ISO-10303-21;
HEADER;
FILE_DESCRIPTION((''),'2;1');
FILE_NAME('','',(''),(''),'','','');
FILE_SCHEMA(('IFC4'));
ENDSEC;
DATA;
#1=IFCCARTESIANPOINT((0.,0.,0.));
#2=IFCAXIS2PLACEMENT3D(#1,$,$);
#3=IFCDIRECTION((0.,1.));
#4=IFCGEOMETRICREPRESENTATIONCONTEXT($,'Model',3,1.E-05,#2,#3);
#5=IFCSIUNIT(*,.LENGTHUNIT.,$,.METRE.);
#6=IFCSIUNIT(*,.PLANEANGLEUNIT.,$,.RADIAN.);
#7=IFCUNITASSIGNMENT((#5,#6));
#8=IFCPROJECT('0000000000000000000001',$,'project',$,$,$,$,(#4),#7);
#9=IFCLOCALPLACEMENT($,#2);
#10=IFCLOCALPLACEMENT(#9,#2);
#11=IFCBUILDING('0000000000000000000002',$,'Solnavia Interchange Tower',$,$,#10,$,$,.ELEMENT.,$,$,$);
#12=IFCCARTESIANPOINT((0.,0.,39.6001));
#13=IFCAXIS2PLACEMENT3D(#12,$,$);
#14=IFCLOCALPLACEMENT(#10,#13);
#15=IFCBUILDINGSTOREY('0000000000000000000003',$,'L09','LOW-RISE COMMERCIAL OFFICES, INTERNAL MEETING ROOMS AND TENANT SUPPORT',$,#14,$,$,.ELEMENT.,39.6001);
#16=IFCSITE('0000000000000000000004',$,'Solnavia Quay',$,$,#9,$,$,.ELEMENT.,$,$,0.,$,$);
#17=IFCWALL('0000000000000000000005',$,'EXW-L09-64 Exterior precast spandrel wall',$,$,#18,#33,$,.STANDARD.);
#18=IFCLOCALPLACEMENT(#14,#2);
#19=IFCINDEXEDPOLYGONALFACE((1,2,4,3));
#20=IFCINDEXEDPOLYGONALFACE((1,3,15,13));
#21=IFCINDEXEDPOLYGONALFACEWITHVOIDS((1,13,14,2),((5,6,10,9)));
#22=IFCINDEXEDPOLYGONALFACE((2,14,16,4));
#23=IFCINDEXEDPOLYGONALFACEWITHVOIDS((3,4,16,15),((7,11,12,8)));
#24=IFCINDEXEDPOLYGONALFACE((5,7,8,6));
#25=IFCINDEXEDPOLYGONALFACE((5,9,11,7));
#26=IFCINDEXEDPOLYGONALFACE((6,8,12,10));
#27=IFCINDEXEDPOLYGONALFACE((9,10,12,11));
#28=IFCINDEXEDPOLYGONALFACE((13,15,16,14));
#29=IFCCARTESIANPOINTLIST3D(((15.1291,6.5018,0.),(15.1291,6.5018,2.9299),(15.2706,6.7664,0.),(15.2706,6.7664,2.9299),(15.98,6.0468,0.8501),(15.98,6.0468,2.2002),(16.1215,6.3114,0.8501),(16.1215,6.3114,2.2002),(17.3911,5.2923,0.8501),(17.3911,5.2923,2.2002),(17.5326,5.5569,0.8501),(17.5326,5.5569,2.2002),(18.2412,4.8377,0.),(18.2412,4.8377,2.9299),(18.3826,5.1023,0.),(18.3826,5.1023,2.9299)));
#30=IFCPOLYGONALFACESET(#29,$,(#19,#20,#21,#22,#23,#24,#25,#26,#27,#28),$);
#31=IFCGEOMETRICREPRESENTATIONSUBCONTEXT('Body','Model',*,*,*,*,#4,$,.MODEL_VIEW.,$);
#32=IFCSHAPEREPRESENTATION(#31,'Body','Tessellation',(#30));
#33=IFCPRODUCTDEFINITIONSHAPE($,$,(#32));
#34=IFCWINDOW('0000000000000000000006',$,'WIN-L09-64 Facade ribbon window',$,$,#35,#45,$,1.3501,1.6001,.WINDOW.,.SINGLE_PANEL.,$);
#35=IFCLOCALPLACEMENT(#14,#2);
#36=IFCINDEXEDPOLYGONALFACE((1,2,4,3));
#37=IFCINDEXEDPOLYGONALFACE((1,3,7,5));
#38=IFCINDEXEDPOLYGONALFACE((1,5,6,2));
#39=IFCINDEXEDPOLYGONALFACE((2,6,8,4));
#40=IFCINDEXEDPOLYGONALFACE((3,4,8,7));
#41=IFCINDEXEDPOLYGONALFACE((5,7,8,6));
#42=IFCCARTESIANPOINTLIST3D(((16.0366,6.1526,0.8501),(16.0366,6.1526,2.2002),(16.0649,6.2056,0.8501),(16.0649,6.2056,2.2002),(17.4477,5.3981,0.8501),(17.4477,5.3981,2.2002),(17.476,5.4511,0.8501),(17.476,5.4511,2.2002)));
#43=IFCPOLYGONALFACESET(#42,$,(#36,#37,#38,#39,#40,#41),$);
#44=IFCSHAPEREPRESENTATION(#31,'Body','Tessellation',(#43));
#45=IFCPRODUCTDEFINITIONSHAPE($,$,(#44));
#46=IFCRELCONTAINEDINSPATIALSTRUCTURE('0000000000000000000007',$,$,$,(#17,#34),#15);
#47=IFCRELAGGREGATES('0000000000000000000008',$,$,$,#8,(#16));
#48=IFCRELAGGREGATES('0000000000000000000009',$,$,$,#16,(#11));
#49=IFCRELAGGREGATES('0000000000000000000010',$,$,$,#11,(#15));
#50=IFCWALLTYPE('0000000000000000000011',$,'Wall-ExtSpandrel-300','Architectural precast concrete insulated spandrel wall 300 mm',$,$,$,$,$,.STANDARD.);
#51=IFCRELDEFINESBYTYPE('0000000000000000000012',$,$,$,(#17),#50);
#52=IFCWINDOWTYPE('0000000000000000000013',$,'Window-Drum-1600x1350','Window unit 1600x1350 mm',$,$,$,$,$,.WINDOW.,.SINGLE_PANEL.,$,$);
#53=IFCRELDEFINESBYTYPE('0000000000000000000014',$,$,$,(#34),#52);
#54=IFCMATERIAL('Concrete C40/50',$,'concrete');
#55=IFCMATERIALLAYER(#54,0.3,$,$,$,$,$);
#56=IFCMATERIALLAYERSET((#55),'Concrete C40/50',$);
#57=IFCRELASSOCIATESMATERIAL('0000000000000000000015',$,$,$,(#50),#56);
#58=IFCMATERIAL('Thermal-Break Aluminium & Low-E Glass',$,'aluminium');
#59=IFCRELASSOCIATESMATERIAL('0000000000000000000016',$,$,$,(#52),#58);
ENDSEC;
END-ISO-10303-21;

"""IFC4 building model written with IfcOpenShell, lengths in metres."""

from ifc_helpers import new_model, si_unit, direction, frame, frame_2d, origin, place, context, subcontext, project, spatial, rectangle, extrude, material, layer, layer_set, type_object, element, fill, save


model = new_model("IFC4")

# Units and contexts
model_context = context("Model", 3, precision=1e-05, world=origin(), true_north=direction((0.0, 1.0)))
body_context = subcontext(model_context, "Body", "Model", "MODEL_VIEW")
ifc_project = project(units=[si_unit("LENGTHUNIT", "METRE"), si_unit("PLANEANGLEUNIT", "RADIAN")], contexts=[model_context])

# Site, building, storey
site_placement = place(None, origin())
site = spatial("IfcSite", under=ifc_project, at=site_placement, Name="Solnavia Quay", CompositionType="ELEMENT", RefElevation=0.0)
building_placement = place(site_placement, origin())
building = spatial("IfcBuilding", under=site, at=building_placement, Name="Solnavia Interchange Tower", CompositionType="ELEMENT")
storey_placement = place(building_placement, frame((0.0, 0.0, 39.6001)))
storey = spatial("IfcBuildingStorey", under=building, at=storey_placement, Name="L09", Description="LOW-RISE COMMERCIAL OFFICES, INTERNAL MEETING ROOMS AND TENANT SUPPORT", CompositionType="ELEMENT", Elevation=39.6001)

# Wall, opening, window
ifc_material_1 = material(Name="Concrete C40/50", Category="concrete")
ifc_layer_1 = layer(ifc_material_1, 0.3)
ifc_layer_set_1 = layer_set([ifc_layer_1], Name="Concrete C40/50")
wall_type = type_object("IfcWallType", Name="Wall-ExtSpandrel-300", Description="Architectural precast concrete insulated spandrel wall 300 mm", PredefinedType="STANDARD", material=ifc_layer_set_1)
wall_placement = place(storey_placement, frame((18.312, 4.97, 0.0), z_axis=(0.0, 0.0, 1.0), x_axis=(-0.881847, 0.471536, 0.0)))
wall = element("IfcWall", 1, at=wall_placement, inside=storey, type_object=wall_type, Name="EXW-L09-64 Exterior precast spandrel wall", PredefinedType="STANDARD", context=body_context, shape_type="SweptSolid", body=[
    extrude(rectangle(XDim=3.5291, YDim=0.3, at=frame_2d((1.7646, 0.0))), origin(), (0.0, 0.0, 1.0), 2.9299),
])
opening_placement = place(wall_placement, frame((0.9641, 0.0, 0.8501)))
opening = element("IfcOpeningElement", 2, at=opening_placement, cuts=wall, PredefinedType="OPENING", context=body_context, shape_type="SweptSolid", body=[
    extrude(rectangle(XDim=1.6001, YDim=1.3501, at=frame_2d((0.8, 0.675))), frame((0.0, 0.1602, 0.0), z_axis=(0.0, -1.0, 0.0), x_axis=(1.0, 0.0, 0.0)), (0.0, 0.0, 1.0), 0.3201),
])
ifc_material_2 = material(Name="Thermal-Break Aluminium & Low-E Glass", Category="aluminium")
window_type = type_object("IfcWindowType", Name="Window-Drum-1600x1350", Description="Window unit 1600x1350 mm", PartitioningType="SINGLE_PANEL", PredefinedType="WINDOW", material=ifc_material_2)
window_placement = place(opening_placement, origin())
window = element("IfcWindow", 3, at=window_placement, inside=storey, type_object=window_type, Name="WIN-L09-64 Facade ribbon window", OverallHeight=1.3501, OverallWidth=1.6001, PartitioningType="SINGLE_PANEL", PredefinedType="WINDOW", context=body_context, shape_type="SweptSolid", body=[
    extrude(rectangle(XDim=1.6001, YDim=1.3501, at=frame_2d((0.8, 0.675))), frame((0.0, 0.03, 0.0), z_axis=(0.0, -1.0, 0.0), x_axis=(1.0, 0.0, 0.0)), (0.0, 0.0, 1.0), 0.0601),
])
fill(opening, window)

save(model, "model.ifc")
